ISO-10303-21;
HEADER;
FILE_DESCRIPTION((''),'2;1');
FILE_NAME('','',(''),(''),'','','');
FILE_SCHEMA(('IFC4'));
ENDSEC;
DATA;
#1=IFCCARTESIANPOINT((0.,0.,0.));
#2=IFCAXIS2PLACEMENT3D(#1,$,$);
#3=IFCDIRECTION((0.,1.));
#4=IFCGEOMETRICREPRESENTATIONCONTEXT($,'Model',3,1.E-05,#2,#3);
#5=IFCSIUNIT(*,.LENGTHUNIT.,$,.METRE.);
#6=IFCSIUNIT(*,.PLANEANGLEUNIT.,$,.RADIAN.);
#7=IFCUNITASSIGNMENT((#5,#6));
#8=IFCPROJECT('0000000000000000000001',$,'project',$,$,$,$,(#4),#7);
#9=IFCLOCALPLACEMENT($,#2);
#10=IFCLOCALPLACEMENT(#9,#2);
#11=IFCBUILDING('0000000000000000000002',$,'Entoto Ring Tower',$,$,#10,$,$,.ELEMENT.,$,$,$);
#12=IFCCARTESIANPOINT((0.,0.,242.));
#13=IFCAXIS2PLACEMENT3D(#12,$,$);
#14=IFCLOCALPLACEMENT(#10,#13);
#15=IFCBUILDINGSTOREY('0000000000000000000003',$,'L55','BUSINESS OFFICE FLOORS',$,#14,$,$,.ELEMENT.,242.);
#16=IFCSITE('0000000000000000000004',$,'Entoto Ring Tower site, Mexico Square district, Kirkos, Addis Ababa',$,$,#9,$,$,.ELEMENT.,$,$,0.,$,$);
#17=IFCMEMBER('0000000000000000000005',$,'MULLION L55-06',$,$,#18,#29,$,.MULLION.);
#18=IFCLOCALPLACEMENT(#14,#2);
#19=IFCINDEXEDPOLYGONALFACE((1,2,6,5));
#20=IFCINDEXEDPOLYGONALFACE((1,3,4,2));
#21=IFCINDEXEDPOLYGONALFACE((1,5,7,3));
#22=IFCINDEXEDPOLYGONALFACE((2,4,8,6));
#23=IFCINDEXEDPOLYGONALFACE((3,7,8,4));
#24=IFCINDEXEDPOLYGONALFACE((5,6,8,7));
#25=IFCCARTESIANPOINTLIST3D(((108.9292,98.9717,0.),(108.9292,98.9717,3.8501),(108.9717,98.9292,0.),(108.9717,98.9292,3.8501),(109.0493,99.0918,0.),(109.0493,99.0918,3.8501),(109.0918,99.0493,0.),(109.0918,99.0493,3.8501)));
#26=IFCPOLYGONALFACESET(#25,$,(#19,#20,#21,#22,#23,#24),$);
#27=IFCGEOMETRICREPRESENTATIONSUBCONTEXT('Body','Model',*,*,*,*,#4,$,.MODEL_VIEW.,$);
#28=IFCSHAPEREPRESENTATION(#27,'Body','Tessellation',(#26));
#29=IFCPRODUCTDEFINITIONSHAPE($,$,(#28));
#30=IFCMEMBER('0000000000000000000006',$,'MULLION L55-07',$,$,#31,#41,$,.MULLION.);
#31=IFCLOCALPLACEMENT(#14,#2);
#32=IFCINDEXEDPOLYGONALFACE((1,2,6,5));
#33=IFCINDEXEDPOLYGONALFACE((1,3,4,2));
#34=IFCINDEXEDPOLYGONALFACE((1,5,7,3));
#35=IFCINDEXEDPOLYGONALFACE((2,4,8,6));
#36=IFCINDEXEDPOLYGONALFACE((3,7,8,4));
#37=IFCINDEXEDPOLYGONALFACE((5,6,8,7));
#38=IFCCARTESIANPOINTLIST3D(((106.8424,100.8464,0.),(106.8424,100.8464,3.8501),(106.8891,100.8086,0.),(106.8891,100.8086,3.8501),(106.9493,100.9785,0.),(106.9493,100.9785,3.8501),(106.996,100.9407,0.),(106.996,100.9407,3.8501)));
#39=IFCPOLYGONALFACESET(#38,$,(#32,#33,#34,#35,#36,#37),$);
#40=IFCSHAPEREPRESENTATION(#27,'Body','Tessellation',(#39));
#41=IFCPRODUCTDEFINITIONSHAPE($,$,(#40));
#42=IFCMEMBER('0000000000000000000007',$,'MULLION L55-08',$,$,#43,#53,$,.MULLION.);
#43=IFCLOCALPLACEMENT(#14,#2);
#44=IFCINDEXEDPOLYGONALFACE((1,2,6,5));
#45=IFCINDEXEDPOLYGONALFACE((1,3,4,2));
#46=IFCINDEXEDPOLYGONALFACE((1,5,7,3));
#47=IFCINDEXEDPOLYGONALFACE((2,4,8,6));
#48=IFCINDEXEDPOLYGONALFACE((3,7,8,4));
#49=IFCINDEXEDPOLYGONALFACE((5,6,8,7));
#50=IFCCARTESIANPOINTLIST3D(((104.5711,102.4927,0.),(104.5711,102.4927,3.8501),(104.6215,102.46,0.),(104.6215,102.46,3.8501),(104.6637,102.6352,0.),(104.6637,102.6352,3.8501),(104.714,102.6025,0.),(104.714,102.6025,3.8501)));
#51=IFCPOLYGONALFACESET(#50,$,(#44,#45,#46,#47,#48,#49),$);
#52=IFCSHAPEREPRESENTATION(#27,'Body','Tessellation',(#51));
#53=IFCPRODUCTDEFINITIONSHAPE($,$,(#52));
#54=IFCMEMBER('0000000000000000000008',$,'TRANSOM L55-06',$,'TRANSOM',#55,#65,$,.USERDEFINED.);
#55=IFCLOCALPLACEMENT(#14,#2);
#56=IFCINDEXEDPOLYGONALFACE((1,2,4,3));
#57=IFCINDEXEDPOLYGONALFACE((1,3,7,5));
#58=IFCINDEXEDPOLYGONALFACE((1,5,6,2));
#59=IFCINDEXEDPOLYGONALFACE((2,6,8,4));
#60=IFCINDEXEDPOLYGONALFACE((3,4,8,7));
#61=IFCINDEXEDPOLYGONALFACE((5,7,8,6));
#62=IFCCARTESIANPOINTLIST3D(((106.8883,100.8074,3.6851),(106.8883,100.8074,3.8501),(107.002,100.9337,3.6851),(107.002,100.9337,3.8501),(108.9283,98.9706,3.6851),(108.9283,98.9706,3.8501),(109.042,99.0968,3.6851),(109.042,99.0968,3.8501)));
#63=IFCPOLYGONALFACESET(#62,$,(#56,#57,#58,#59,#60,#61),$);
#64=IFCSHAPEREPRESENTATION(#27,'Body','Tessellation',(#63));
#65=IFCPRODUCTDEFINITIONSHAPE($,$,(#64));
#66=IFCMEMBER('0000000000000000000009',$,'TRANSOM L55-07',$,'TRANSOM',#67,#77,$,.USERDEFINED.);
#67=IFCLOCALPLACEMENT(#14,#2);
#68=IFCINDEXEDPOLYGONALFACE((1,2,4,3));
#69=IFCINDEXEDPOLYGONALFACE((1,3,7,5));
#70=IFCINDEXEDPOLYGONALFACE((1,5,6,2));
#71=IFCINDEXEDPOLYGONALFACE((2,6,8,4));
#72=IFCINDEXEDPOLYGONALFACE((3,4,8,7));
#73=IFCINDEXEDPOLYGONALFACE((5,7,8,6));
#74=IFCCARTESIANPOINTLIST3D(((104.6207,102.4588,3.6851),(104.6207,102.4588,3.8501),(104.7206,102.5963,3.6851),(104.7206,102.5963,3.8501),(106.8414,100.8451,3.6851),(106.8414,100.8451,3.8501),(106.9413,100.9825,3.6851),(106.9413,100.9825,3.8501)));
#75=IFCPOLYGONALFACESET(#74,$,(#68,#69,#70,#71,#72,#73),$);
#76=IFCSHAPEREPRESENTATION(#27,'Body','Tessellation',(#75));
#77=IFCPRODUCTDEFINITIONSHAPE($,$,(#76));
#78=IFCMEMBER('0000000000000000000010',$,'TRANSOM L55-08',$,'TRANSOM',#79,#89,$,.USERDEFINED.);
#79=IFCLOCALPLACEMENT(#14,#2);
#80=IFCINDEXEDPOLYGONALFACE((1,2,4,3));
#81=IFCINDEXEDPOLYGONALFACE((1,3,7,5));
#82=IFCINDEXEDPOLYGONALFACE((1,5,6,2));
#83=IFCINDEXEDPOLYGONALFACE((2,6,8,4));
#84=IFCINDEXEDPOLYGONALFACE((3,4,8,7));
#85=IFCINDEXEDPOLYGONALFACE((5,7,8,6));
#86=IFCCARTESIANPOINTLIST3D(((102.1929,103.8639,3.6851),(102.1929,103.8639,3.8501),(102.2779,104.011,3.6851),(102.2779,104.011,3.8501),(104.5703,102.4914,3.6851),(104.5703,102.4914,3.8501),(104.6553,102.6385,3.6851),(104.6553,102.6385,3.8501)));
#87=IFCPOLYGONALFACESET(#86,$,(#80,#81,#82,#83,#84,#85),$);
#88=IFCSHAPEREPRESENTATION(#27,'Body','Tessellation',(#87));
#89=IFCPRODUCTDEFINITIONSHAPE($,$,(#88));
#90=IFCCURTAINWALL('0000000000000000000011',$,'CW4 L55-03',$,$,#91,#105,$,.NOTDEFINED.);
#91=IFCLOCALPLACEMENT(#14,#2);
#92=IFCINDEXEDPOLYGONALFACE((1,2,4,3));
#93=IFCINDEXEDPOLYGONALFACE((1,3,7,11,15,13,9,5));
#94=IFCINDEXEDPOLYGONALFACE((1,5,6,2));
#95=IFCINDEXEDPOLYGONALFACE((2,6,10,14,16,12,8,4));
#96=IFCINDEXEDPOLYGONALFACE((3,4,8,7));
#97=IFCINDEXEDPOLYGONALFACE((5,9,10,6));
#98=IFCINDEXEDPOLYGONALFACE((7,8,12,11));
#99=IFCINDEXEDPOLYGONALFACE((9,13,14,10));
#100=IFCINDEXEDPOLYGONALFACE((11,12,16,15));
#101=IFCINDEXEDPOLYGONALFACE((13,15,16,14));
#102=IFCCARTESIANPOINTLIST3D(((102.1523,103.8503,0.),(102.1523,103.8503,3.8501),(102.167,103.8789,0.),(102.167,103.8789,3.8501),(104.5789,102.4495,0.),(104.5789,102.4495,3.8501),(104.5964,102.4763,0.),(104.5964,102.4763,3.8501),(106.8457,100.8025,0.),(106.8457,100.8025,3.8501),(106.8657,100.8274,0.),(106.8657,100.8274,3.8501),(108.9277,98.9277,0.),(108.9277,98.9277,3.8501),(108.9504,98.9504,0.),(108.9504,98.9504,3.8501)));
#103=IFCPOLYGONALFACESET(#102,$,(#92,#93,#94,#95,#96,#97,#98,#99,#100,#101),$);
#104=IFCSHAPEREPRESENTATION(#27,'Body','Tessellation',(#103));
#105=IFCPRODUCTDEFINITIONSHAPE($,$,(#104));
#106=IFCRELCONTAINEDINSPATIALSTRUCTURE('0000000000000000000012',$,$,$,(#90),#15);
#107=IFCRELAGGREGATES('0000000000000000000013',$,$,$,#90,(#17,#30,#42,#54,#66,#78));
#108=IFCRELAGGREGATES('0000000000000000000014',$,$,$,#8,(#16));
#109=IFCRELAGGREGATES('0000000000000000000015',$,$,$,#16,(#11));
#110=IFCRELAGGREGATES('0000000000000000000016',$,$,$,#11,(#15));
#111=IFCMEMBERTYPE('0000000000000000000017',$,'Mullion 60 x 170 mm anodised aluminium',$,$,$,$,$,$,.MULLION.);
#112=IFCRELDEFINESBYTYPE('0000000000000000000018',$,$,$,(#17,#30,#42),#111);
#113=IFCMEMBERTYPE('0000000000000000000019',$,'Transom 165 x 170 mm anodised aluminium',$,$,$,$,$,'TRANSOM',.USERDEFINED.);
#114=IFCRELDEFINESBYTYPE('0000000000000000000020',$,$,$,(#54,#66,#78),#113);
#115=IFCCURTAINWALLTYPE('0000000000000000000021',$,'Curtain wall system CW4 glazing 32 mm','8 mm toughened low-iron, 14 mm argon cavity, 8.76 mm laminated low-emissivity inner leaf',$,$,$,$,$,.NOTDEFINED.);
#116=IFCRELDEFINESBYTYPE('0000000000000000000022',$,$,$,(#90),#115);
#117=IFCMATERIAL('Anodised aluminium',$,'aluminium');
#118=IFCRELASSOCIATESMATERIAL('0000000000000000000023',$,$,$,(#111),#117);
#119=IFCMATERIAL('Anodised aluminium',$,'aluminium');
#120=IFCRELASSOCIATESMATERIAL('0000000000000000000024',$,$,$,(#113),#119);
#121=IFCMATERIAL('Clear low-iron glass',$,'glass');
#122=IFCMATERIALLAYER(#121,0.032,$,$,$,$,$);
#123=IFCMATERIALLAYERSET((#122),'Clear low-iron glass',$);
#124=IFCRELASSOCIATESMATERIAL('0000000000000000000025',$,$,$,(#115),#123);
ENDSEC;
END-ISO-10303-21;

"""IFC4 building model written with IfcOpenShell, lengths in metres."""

from ifc_helpers import new_model, si_unit, direction, frame, origin, origin_2d, place, context, subcontext, project, spatial, polyline, rectangle, outline, extrude, material, layer, layer_set, material_profile, profile_set, type_object, element, aggregate, save


model = new_model("IFC4")

# Units and contexts
model_context = context("Model", 3, precision=1e-05, world=origin(), true_north=direction((0.0, 1.0)))
body_context = subcontext(model_context, "Body", "Model", "MODEL_VIEW")
ifc_project = project(units=[si_unit("LENGTHUNIT", "METRE"), si_unit("PLANEANGLEUNIT", "RADIAN")], contexts=[model_context])

# Members
ifc_material_1 = material(Name="Anodised aluminium", Category="aluminium")
ifc_material_profile_1 = material_profile(ifc_material_1, rectangle(XDim=0.0601, YDim=0.1699, at=origin_2d()), Name="Mullion 60 x 170 mm anodised aluminium")
ifc_profile_set_1 = profile_set([ifc_material_profile_1], Name="Anodised aluminium")
member_type_1 = type_object("IfcMemberType", Name="Mullion 60 x 170 mm anodised aluminium", PredefinedType="MULLION", material=ifc_profile_set_1)
site_placement = place(None, origin())
building_placement = place(site_placement, origin())
storey_placement = place(building_placement, frame((0.0, 0.0, 242.0)))
member_1_placement = place(storey_placement, frame((109.0105, 99.0105, 0.0), z_axis=(0.0, 0.0, 1.0), x_axis=(-0.707107, 0.707107, 0.0)))
member_1 = element("IfcMember", 1, at=member_1_placement, type_object=member_type_1, Name="MULLION L55-06", PredefinedType="MULLION", context=body_context, shape_type="SweptSolid", body=[
    extrude(rectangle(XDim=0.0601, YDim=0.1699, at=origin_2d()), origin(), (0.0, 0.0, 1.0), 3.8501),
])
member_2_placement = place(storey_placement, frame((106.9192, 100.8936, 0.0), z_axis=(0.0, 0.0, 1.0), x_axis=(-0.777146, 0.62932, 0.0)))
member_2 = element("IfcMember", 2, at=member_2_placement, type_object=member_type_1, Name="MULLION L55-07", PredefinedType="MULLION", context=body_context, shape_type="SweptSolid", body=[
    extrude(rectangle(XDim=0.0601, YDim=0.1699, at=origin_2d()), origin(), (0.0, 0.0, 1.0), 3.8501),
])
member_3_placement = place(storey_placement, frame((104.6426, 102.5476, 0.0), z_axis=(0.0, 0.0, 1.0), x_axis=(-0.838671, 0.544639, 0.0)))
member_3 = element("IfcMember", 3, at=member_3_placement, type_object=member_type_1, Name="MULLION L55-08", PredefinedType="MULLION", context=body_context, shape_type="SweptSolid", body=[
    extrude(rectangle(XDim=0.0601, YDim=0.1699, at=origin_2d()), origin(), (0.0, 0.0, 1.0), 3.8501),
])
ifc_material_2 = material(Name="Anodised aluminium", Category="aluminium")
ifc_material_profile_2 = material_profile(ifc_material_2, rectangle(XDim=0.1699, YDim=0.165, at=origin_2d()), Name="Transom 165 x 170 mm anodised aluminium")
ifc_profile_set_2 = profile_set([ifc_material_profile_2], Name="Anodised aluminium")
member_type_2 = type_object("IfcMemberType", Name="Transom 165 x 170 mm anodised aluminium", ElementType="TRANSOM", PredefinedType="USERDEFINED", material=ifc_profile_set_2)
member_4_placement = place(storey_placement, frame((108.9851, 99.0337, 3.7676), z_axis=(-0.743135, 0.669142, 0.0), x_axis=(-0.669142, -0.743135, 0.0)))
member_4 = element("IfcMember", 4, at=member_4_placement, type_object=member_type_2, Name="TRANSOM L55-06", ObjectType="TRANSOM", PredefinedType="USERDEFINED", context=body_context, shape_type="SweptSolid", body=[
    extrude(rectangle(XDim=0.1699, YDim=0.165, at=origin_2d()), origin(), (0.0, 0.0, 1.0), 2.7451),
])
member_5_placement = place(storey_placement, frame((106.8914, 100.9138, 3.7676), z_axis=(-0.808959, 0.587865, 0.0), x_axis=(-0.587865, -0.808959, 0.0)))
member_5 = element("IfcMember", 5, at=member_5_placement, type_object=member_type_2, Name="TRANSOM L55-07", ObjectType="TRANSOM", PredefinedType="USERDEFINED", context=body_context, shape_type="SweptSolid", body=[
    extrude(rectangle(XDim=0.1699, YDim=0.165, at=origin_2d()), origin(), (0.0, 0.0, 1.0), 2.7451),
])
member_6_placement = place(storey_placement, frame((104.6128, 102.5649, 3.7676), z_axis=(-0.866035, 0.499984, 0.0), x_axis=(-0.499984, -0.866035, 0.0)))
member_6 = element("IfcMember", 6, at=member_6_placement, type_object=member_type_2, Name="TRANSOM L55-08", ObjectType="TRANSOM", PredefinedType="USERDEFINED", context=body_context, shape_type="SweptSolid", body=[
    extrude(rectangle(XDim=0.1699, YDim=0.165, at=origin_2d()), origin(), (0.0, 0.0, 1.0), 2.7451),
])

# Site, building, storey
site = spatial("IfcSite", under=ifc_project, at=site_placement, Name="Entoto Ring Tower site, Mexico Square district, Kirkos, Addis Ababa", CompositionType="ELEMENT", RefElevation=0.0)
building = spatial("IfcBuilding", under=site, at=building_placement, Name="Entoto Ring Tower", CompositionType="ELEMENT")
storey = spatial("IfcBuildingStorey", under=building, at=storey_placement, Name="L55", Description="BUSINESS OFFICE FLOORS", CompositionType="ELEMENT", Elevation=242.0)

# Curtain wall
ifc_material_3 = material(Name="Clear low-iron glass", Category="glass")
ifc_layer_1 = layer(ifc_material_3, 0.032)
ifc_layer_set_1 = layer_set([ifc_layer_1], Name="Clear low-iron glass")
curtain_wall_type = type_object("IfcCurtainWallType", Name="Curtain wall system CW4 glazing 32 mm", Description="8 mm toughened low-iron, 14 mm argon cavity, 8.76 mm laminated low-emissivity inner leaf", PredefinedType="NOTDEFINED", material=ifc_layer_set_1)
curtain_wall_1_placement = place(storey_placement, origin())
curtain_wall_1 = element("IfcCurtainWall", 7, at=curtain_wall_1_placement, inside=storey, type_object=curtain_wall_type, Name="CW4 L55-03", PredefinedType="NOTDEFINED", context=body_context, shape_type="SweptSolid", body=[
    extrude(outline(polyline([(108.9504, 98.9504), (106.8657, 100.8274), (104.5964, 102.4763), (102.167, 103.8789), (102.1523, 103.8503), (104.5789, 102.4495), (106.8457, 100.8025), (108.9277, 98.9277), (108.9504, 98.9504)])), origin(), (0.0, 0.0, 1.0), 3.8501),
])
aggregate(curtain_wall_1, [member_1, member_2, member_3, member_4, member_5, member_6])

save(model, "model.ifc")
